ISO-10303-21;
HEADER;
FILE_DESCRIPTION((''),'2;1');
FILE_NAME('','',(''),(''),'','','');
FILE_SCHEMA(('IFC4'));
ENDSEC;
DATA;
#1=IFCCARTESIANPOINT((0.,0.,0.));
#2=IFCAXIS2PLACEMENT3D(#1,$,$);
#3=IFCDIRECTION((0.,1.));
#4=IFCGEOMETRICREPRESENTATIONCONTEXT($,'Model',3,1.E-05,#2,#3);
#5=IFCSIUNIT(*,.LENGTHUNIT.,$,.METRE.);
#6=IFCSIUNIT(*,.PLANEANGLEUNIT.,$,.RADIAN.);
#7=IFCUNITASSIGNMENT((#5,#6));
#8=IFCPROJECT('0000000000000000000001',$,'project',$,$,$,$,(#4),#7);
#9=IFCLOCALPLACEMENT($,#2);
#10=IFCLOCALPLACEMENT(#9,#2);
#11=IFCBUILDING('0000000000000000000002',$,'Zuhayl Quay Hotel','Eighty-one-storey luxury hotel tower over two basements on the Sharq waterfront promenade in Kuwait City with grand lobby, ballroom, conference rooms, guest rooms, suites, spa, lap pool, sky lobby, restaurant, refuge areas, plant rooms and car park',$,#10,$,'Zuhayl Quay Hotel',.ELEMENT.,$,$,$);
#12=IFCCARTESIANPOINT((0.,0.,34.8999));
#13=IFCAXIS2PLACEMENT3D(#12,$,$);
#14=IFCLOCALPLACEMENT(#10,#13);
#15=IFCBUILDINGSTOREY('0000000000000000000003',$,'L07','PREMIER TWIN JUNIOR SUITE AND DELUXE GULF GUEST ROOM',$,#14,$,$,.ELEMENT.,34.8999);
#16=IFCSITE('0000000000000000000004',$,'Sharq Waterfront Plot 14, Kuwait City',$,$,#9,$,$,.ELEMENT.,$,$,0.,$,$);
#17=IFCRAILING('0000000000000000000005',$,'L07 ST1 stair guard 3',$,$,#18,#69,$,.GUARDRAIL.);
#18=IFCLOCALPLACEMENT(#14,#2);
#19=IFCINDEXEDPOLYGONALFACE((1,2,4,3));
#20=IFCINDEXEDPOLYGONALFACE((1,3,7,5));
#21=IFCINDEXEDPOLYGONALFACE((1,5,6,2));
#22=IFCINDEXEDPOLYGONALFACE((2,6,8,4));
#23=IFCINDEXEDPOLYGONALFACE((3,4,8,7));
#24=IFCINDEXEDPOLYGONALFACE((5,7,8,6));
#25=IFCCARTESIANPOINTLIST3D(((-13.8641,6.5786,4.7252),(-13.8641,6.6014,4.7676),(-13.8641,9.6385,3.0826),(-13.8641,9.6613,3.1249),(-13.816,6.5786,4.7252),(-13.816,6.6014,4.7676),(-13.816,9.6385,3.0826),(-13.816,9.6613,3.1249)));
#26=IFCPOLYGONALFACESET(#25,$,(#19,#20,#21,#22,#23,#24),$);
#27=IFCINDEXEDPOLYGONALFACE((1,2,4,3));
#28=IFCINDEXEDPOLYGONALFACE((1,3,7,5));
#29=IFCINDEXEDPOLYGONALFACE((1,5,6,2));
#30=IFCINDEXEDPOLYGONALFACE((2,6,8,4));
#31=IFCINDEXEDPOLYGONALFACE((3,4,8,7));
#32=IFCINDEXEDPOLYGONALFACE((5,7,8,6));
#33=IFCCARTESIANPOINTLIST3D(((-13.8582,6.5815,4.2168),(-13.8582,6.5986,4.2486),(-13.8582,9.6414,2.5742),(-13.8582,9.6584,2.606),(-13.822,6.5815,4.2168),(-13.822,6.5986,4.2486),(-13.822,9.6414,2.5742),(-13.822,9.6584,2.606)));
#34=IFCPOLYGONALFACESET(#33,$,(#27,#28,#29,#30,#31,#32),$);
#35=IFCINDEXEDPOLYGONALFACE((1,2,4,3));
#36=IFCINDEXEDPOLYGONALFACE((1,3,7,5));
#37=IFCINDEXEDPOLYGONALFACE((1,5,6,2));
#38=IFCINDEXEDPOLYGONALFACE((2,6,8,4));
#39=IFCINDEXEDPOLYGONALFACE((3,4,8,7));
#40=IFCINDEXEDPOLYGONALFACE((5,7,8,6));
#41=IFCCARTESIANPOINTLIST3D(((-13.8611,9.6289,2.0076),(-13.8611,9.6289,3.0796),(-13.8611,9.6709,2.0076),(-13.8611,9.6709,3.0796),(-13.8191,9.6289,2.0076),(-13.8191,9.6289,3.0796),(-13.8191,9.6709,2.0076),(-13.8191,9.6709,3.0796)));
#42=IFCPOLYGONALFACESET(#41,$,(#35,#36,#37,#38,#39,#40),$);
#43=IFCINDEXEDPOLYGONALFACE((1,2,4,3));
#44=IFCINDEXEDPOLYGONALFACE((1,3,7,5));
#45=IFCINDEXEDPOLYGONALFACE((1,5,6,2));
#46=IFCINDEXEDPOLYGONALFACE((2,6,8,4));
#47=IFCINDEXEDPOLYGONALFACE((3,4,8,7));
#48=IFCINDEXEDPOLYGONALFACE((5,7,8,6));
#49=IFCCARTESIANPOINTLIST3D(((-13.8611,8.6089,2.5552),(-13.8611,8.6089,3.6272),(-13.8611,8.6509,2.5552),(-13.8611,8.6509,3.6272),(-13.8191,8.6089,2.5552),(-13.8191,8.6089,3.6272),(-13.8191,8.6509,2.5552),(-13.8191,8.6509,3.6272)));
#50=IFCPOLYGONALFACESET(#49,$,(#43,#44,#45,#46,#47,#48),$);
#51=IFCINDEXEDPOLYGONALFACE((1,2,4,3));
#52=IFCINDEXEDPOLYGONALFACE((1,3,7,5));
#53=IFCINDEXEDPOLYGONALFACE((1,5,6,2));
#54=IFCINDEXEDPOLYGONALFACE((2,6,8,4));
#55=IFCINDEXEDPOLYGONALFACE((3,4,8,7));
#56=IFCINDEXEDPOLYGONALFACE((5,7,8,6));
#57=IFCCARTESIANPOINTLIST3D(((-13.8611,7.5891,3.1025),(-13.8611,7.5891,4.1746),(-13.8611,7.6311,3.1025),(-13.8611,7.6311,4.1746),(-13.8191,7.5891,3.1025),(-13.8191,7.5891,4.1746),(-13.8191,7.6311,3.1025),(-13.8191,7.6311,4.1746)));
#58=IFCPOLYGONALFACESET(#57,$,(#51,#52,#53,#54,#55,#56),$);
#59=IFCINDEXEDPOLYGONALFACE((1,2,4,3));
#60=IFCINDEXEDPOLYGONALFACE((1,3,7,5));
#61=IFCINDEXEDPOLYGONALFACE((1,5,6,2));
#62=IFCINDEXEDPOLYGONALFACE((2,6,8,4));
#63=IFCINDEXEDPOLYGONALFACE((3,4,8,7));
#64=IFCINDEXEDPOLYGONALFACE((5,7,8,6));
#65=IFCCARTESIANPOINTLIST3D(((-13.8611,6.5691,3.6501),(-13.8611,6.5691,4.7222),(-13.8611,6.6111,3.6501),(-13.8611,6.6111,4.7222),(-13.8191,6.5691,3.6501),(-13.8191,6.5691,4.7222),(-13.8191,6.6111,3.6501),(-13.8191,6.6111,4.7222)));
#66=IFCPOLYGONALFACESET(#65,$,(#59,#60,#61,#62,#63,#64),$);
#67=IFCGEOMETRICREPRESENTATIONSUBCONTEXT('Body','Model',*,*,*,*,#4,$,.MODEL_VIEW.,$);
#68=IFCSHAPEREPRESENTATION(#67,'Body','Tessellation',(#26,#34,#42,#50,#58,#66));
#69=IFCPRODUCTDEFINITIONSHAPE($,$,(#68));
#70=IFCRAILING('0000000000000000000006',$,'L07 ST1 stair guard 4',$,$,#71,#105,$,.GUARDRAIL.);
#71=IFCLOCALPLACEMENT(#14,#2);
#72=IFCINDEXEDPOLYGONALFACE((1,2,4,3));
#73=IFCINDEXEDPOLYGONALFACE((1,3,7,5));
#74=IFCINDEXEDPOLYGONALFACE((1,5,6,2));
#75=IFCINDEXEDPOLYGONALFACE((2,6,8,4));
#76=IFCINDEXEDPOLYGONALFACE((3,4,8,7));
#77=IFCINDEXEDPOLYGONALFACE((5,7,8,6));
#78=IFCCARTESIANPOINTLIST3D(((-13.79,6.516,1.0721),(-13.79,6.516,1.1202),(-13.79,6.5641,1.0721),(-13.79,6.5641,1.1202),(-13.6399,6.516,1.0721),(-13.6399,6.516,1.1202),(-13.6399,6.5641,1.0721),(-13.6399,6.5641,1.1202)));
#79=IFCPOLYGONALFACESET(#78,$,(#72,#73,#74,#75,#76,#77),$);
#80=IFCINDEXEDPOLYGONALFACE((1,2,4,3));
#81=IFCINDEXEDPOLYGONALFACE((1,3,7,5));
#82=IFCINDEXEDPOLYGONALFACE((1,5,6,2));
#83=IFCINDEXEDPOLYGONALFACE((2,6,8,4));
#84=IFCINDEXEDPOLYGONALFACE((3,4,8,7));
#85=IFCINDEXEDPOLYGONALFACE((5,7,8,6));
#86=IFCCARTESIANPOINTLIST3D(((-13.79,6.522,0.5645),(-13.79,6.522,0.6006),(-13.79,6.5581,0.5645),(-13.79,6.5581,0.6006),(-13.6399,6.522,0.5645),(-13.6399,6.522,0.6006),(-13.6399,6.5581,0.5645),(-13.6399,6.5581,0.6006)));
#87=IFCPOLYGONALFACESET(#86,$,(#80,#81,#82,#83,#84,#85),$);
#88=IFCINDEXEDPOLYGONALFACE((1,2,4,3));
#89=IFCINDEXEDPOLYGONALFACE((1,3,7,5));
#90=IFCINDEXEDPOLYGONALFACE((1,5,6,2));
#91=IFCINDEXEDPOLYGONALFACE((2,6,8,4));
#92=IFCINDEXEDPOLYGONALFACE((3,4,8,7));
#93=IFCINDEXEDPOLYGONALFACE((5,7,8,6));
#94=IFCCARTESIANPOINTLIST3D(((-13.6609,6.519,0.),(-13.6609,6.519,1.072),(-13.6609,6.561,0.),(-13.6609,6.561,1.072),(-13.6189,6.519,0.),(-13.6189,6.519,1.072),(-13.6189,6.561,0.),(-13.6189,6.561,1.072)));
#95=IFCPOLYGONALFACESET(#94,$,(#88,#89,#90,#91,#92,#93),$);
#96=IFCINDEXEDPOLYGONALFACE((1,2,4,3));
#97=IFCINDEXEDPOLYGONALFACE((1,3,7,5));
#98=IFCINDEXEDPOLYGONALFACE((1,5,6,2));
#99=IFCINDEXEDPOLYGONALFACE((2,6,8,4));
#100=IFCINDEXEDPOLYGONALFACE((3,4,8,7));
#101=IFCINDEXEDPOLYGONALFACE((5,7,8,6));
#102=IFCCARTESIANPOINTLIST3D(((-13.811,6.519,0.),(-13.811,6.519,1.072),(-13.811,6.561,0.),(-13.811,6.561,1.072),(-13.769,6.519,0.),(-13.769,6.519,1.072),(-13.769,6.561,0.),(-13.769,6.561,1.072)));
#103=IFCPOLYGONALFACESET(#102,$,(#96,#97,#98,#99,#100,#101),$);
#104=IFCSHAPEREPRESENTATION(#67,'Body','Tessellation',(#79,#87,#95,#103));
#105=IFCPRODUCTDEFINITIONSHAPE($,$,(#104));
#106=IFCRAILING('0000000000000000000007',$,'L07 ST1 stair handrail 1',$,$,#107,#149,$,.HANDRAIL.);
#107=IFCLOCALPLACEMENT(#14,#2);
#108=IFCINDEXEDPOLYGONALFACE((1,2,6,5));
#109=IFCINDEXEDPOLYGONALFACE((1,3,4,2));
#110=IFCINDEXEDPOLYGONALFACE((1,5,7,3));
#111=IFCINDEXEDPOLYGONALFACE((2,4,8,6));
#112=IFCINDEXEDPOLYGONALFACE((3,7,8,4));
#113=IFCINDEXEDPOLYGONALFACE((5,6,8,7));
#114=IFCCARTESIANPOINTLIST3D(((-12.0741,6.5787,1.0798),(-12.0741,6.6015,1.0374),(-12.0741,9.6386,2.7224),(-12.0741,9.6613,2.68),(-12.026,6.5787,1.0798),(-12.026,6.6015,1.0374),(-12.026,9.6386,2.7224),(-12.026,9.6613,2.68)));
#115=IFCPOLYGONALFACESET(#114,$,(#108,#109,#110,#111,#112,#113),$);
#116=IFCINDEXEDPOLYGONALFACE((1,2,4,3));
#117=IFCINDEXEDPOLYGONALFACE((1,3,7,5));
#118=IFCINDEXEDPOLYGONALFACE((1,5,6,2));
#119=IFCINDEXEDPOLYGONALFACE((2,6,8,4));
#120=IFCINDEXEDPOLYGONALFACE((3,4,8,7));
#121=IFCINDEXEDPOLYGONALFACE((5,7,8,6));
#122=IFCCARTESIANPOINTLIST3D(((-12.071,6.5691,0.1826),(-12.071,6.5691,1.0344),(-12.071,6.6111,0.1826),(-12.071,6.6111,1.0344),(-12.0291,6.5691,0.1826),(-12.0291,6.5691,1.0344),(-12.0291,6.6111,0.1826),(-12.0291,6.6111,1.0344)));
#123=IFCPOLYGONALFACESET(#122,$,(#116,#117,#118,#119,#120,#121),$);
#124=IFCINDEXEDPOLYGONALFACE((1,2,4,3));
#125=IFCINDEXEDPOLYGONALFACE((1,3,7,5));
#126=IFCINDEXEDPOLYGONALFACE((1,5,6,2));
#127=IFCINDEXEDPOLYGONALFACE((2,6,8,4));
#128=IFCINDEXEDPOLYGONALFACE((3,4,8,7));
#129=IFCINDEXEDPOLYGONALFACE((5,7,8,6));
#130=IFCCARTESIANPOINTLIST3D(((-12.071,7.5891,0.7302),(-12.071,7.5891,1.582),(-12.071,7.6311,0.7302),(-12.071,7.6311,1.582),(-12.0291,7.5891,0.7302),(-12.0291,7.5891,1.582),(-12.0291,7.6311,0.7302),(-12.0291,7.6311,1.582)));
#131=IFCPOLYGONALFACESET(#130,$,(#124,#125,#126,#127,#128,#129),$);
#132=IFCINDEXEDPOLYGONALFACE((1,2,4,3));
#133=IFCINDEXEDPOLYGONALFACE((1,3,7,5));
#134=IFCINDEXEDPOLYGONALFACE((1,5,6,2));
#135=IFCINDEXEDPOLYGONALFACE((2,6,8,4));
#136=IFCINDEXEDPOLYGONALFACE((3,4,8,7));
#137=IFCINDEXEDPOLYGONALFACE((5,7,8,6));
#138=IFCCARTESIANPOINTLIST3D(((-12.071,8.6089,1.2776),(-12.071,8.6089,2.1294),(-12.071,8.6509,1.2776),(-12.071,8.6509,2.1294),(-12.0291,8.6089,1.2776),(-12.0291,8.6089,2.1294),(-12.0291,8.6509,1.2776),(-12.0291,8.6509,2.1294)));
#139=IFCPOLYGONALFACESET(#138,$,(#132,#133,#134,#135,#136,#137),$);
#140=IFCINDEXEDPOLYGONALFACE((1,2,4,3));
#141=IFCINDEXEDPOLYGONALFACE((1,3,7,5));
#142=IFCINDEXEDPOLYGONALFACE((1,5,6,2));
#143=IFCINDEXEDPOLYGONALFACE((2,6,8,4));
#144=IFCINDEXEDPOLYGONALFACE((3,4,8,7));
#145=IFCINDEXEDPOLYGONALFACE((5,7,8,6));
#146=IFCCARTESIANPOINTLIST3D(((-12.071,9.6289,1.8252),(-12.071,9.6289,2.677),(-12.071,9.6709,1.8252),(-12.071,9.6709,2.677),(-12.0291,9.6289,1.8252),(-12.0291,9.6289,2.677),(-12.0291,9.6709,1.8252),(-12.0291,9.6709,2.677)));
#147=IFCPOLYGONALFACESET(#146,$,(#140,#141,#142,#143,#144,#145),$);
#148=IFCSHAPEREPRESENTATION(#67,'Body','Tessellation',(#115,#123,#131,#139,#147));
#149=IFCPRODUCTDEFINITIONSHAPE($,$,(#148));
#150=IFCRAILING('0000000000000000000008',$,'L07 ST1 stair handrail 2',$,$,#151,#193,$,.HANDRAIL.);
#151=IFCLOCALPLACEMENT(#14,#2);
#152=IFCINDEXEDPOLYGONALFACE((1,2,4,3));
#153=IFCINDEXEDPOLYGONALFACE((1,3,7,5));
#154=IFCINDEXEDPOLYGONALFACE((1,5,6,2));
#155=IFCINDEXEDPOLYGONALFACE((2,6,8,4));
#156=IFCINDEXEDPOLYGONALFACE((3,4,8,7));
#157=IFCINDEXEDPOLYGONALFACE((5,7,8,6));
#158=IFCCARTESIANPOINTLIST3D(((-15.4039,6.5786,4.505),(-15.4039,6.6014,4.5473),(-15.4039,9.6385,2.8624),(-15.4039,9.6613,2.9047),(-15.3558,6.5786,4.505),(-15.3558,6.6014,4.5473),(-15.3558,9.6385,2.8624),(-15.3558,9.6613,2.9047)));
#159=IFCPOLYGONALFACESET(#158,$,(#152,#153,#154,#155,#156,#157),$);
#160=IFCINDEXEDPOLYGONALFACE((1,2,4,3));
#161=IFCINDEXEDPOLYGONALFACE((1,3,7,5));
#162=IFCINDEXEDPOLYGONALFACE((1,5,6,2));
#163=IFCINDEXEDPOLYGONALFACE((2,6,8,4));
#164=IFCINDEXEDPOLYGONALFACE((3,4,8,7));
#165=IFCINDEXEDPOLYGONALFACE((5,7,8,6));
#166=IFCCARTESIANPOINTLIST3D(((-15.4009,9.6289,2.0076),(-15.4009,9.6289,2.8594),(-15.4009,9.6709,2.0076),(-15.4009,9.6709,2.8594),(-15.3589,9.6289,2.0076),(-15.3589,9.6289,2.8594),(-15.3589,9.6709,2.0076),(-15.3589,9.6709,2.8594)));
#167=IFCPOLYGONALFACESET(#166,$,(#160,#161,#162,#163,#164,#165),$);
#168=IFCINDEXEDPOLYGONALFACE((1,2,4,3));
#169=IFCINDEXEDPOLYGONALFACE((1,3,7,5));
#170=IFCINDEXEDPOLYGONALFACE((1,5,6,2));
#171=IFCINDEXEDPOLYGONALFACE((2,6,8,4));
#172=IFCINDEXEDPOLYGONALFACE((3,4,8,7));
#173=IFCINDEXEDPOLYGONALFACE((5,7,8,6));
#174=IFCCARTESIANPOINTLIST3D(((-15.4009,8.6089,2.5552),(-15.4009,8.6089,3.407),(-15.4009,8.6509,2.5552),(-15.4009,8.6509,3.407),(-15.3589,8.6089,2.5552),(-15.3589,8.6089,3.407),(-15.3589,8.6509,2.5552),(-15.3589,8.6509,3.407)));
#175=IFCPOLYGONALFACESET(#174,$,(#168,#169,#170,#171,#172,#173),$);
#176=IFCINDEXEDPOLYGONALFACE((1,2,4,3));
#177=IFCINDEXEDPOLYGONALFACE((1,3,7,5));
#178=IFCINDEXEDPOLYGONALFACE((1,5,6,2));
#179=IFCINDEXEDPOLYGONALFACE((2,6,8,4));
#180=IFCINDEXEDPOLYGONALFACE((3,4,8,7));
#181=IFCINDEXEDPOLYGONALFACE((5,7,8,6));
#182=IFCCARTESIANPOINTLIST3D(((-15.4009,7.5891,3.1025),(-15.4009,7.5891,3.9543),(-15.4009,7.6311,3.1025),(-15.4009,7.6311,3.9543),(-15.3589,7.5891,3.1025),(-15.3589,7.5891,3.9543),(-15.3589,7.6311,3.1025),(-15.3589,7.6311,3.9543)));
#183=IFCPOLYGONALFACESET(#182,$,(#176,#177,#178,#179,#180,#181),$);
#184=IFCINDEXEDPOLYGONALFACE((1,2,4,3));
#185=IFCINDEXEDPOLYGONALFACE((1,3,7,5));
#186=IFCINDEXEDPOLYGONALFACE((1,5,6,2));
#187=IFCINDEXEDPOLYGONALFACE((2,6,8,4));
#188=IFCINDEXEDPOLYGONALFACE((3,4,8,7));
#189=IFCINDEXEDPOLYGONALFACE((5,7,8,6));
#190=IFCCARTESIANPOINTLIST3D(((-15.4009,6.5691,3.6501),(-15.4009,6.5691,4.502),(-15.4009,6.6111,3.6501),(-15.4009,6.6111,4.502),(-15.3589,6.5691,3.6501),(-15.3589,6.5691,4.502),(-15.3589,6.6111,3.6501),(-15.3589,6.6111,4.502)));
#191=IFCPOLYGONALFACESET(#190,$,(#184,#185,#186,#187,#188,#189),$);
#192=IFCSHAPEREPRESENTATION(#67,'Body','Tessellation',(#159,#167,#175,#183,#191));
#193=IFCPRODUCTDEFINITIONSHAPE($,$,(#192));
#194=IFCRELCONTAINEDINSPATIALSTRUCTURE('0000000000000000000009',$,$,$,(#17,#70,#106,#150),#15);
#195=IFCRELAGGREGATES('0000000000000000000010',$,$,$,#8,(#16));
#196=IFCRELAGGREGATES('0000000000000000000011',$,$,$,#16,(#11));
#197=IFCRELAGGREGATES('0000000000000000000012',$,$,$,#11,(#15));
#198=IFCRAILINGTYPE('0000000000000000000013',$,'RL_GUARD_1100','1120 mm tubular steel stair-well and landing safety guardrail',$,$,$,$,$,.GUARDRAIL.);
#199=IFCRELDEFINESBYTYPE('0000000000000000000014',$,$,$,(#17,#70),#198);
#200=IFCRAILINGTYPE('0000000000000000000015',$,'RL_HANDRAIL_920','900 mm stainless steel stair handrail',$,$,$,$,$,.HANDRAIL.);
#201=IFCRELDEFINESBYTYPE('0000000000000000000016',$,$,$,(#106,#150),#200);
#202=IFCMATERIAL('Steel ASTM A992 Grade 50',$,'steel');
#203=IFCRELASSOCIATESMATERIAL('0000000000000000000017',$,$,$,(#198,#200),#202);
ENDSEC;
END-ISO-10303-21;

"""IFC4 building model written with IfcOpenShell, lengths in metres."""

from ifc_helpers import new_model, si_unit, direction, frame, origin, origin_2d, place, context, subcontext, project, spatial, rectangle, extrude, material, type_object, element, save


model = new_model("IFC4")

# Units and contexts
model_context = context("Model", 3, precision=1e-05, world=origin(), true_north=direction((0.0, 1.0)))
body_context = subcontext(model_context, "Body", "Model", "MODEL_VIEW")
ifc_project = project(units=[si_unit("LENGTHUNIT", "METRE"), si_unit("PLANEANGLEUNIT", "RADIAN")], contexts=[model_context])

# Site, building, storey
site_placement = place(None, origin())
site = spatial("IfcSite", under=ifc_project, at=site_placement, Name="Sharq Waterfront Plot 14, Kuwait City", CompositionType="ELEMENT", RefElevation=0.0)
building_placement = place(site_placement, origin())
building = spatial("IfcBuilding", under=site, at=building_placement, Name="Zuhayl Quay Hotel", Description="Eighty-one-storey luxury hotel tower over two basements on the Sharq waterfront promenade in Kuwait City with grand lobby, ballroom, conference rooms, guest rooms, suites, spa, lap pool, sky lobby, restaurant, refuge areas, plant rooms and car park", LongName="Zuhayl Quay Hotel", CompositionType="ELEMENT")
storey_placement = place(building_placement, frame((0.0, 0.0, 34.8999)))
storey = spatial("IfcBuildingStorey", under=building, at=storey_placement, Name="L07", Description="PREMIER TWIN JUNIOR SUITE AND DELUXE GULF GUEST ROOM", CompositionType="ELEMENT", Elevation=34.8999)

# Shared definitions
ifc_material_1 = material(Name="Steel ASTM A992 Grade 50", Category="steel")

# Railings
railing_type_1 = type_object("IfcRailingType", Name="RL_GUARD_1100", Description="1120 mm tubular steel stair-well and landing safety guardrail", PredefinedType="GUARDRAIL", material=ifc_material_1)
railing_1_placement = place(storey_placement, frame((-13.8401, 9.6499, 2.0076)))
element("IfcRailing", 1, at=railing_1_placement, inside=storey, type_object=railing_type_1, Name="L07 ST1 stair guard 3", PredefinedType="GUARDRAIL", context=body_context, shape_type="SweptSolid", body=[
    extrude(rectangle(XDim=0.0481, YDim=0.0481, at=origin_2d()), frame((0.0, 0.0, 1.0962), z_axis=(0.0, -0.881073, 0.47298), x_axis=(1.0, 0.0, 0.0)), (0.0, 0.0, 1.0), 3.4729),
    extrude(rectangle(XDim=0.0361, YDim=0.0361, at=origin_2d()), frame((0.0, 0.0, 0.5825), z_axis=(0.0, -0.881073, 0.47298), x_axis=(1.0, 0.0, 0.0)), (0.0, 0.0, 1.0), 3.4729),
    extrude(rectangle(XDim=0.042, YDim=0.042, at=origin_2d()), origin(), (0.0, 0.0, 1.0), 1.072),
    extrude(rectangle(XDim=0.042, YDim=0.042, at=origin_2d()), frame((0.0, -1.02, 0.5476)), (0.0, 0.0, 1.0), 1.072),
    extrude(rectangle(XDim=0.042, YDim=0.042, at=origin_2d()), frame((0.0, -2.0398, 1.095)), (0.0, 0.0, 1.0), 1.072),
    extrude(rectangle(XDim=0.042, YDim=0.042, at=origin_2d()), frame((0.0, -3.0598, 1.6426)), (0.0, 0.0, 1.0), 1.072),
])
railing_2_placement = place(storey_placement, frame((-13.6399, 6.54, 0.0)))
element("IfcRailing", 2, at=railing_2_placement, inside=storey, type_object=railing_type_1, Name="L07 ST1 stair guard 4", PredefinedType="GUARDRAIL", context=body_context, shape_type="SweptSolid", body=[
    extrude(rectangle(XDim=0.0481, YDim=0.0481, at=origin_2d()), frame((0.0, 0.0, 1.0962), z_axis=(-1.0, 0.0, 0.0), x_axis=(0.0, -1.0, 0.0)), (0.0, 0.0, 1.0), 0.1501),
    extrude(rectangle(XDim=0.0361, YDim=0.0361, at=origin_2d()), frame((0.0, 0.0, 0.5825), z_axis=(-1.0, 0.0, 0.0), x_axis=(0.0, -1.0, 0.0)), (0.0, 0.0, 1.0), 0.1501),
    extrude(rectangle(XDim=0.042, YDim=0.042, at=origin_2d()), origin(), (0.0, 0.0, 1.0), 1.072),
    extrude(rectangle(XDim=0.042, YDim=0.042, at=origin_2d()), frame((-0.1501, 0.0, 0.0)), (0.0, 0.0, 1.0), 1.072),
])
railing_type_2 = type_object("IfcRailingType", Name="RL_HANDRAIL_920", Description="900 mm stainless steel stair handrail", PredefinedType="HANDRAIL", material=ifc_material_1)
railing_3_placement = place(storey_placement, frame((-12.05, 6.5901, 0.1826)))
element("IfcRailing", 3, at=railing_3_placement, inside=storey, type_object=railing_type_2, Name="L07 ST1 stair handrail 1", PredefinedType="HANDRAIL", context=body_context, shape_type="SweptSolid", body=[
    extrude(rectangle(XDim=0.0481, YDim=0.0481, at=origin_2d()), frame((0.0, 0.0, 0.876), z_axis=(0.0, 0.881073, 0.47298), x_axis=(-1.0, 0.0, 0.0)), (0.0, 0.0, 1.0), 3.4729),
    extrude(rectangle(XDim=0.042, YDim=0.042, at=origin_2d()), origin(), (0.0, 0.0, 1.0), 0.8518),
    extrude(rectangle(XDim=0.042, YDim=0.042, at=origin_2d()), frame((0.0, 1.02, 0.5476)), (0.0, 0.0, 1.0), 0.8518),
    extrude(rectangle(XDim=0.042, YDim=0.042, at=origin_2d()), frame((0.0, 2.0398, 1.095)), (0.0, 0.0, 1.0), 0.8518),
    extrude(rectangle(XDim=0.042, YDim=0.042, at=origin_2d()), frame((0.0, 3.0598, 1.6426)), (0.0, 0.0, 1.0), 0.8518),
])
railing_4_placement = place(storey_placement, frame((-15.3799, 9.6499, 2.0076)))
element("IfcRailing", 4, at=railing_4_placement, inside=storey, type_object=railing_type_2, Name="L07 ST1 stair handrail 2", PredefinedType="HANDRAIL", context=body_context, shape_type="SweptSolid", body=[
    extrude(rectangle(XDim=0.0481, YDim=0.0481, at=origin_2d()), frame((0.0, 0.0, 0.876), z_axis=(0.0, -0.881073, 0.47298), x_axis=(1.0, 0.0, 0.0)), (0.0, 0.0, 1.0), 3.4729),
    extrude(rectangle(XDim=0.042, YDim=0.042, at=origin_2d()), origin(), (0.0, 0.0, 1.0), 0.8518),
    extrude(rectangle(XDim=0.042, YDim=0.042, at=origin_2d()), frame((0.0, -1.02, 0.5476)), (0.0, 0.0, 1.0), 0.8518),
    extrude(rectangle(XDim=0.042, YDim=0.042, at=origin_2d()), frame((0.0, -2.0398, 1.095)), (0.0, 0.0, 1.0), 0.8518),
    extrude(rectangle(XDim=0.042, YDim=0.042, at=origin_2d()), frame((0.0, -3.0598, 1.6426)), (0.0, 0.0, 1.0), 0.8518),
])

save(model, "model.ifc")
